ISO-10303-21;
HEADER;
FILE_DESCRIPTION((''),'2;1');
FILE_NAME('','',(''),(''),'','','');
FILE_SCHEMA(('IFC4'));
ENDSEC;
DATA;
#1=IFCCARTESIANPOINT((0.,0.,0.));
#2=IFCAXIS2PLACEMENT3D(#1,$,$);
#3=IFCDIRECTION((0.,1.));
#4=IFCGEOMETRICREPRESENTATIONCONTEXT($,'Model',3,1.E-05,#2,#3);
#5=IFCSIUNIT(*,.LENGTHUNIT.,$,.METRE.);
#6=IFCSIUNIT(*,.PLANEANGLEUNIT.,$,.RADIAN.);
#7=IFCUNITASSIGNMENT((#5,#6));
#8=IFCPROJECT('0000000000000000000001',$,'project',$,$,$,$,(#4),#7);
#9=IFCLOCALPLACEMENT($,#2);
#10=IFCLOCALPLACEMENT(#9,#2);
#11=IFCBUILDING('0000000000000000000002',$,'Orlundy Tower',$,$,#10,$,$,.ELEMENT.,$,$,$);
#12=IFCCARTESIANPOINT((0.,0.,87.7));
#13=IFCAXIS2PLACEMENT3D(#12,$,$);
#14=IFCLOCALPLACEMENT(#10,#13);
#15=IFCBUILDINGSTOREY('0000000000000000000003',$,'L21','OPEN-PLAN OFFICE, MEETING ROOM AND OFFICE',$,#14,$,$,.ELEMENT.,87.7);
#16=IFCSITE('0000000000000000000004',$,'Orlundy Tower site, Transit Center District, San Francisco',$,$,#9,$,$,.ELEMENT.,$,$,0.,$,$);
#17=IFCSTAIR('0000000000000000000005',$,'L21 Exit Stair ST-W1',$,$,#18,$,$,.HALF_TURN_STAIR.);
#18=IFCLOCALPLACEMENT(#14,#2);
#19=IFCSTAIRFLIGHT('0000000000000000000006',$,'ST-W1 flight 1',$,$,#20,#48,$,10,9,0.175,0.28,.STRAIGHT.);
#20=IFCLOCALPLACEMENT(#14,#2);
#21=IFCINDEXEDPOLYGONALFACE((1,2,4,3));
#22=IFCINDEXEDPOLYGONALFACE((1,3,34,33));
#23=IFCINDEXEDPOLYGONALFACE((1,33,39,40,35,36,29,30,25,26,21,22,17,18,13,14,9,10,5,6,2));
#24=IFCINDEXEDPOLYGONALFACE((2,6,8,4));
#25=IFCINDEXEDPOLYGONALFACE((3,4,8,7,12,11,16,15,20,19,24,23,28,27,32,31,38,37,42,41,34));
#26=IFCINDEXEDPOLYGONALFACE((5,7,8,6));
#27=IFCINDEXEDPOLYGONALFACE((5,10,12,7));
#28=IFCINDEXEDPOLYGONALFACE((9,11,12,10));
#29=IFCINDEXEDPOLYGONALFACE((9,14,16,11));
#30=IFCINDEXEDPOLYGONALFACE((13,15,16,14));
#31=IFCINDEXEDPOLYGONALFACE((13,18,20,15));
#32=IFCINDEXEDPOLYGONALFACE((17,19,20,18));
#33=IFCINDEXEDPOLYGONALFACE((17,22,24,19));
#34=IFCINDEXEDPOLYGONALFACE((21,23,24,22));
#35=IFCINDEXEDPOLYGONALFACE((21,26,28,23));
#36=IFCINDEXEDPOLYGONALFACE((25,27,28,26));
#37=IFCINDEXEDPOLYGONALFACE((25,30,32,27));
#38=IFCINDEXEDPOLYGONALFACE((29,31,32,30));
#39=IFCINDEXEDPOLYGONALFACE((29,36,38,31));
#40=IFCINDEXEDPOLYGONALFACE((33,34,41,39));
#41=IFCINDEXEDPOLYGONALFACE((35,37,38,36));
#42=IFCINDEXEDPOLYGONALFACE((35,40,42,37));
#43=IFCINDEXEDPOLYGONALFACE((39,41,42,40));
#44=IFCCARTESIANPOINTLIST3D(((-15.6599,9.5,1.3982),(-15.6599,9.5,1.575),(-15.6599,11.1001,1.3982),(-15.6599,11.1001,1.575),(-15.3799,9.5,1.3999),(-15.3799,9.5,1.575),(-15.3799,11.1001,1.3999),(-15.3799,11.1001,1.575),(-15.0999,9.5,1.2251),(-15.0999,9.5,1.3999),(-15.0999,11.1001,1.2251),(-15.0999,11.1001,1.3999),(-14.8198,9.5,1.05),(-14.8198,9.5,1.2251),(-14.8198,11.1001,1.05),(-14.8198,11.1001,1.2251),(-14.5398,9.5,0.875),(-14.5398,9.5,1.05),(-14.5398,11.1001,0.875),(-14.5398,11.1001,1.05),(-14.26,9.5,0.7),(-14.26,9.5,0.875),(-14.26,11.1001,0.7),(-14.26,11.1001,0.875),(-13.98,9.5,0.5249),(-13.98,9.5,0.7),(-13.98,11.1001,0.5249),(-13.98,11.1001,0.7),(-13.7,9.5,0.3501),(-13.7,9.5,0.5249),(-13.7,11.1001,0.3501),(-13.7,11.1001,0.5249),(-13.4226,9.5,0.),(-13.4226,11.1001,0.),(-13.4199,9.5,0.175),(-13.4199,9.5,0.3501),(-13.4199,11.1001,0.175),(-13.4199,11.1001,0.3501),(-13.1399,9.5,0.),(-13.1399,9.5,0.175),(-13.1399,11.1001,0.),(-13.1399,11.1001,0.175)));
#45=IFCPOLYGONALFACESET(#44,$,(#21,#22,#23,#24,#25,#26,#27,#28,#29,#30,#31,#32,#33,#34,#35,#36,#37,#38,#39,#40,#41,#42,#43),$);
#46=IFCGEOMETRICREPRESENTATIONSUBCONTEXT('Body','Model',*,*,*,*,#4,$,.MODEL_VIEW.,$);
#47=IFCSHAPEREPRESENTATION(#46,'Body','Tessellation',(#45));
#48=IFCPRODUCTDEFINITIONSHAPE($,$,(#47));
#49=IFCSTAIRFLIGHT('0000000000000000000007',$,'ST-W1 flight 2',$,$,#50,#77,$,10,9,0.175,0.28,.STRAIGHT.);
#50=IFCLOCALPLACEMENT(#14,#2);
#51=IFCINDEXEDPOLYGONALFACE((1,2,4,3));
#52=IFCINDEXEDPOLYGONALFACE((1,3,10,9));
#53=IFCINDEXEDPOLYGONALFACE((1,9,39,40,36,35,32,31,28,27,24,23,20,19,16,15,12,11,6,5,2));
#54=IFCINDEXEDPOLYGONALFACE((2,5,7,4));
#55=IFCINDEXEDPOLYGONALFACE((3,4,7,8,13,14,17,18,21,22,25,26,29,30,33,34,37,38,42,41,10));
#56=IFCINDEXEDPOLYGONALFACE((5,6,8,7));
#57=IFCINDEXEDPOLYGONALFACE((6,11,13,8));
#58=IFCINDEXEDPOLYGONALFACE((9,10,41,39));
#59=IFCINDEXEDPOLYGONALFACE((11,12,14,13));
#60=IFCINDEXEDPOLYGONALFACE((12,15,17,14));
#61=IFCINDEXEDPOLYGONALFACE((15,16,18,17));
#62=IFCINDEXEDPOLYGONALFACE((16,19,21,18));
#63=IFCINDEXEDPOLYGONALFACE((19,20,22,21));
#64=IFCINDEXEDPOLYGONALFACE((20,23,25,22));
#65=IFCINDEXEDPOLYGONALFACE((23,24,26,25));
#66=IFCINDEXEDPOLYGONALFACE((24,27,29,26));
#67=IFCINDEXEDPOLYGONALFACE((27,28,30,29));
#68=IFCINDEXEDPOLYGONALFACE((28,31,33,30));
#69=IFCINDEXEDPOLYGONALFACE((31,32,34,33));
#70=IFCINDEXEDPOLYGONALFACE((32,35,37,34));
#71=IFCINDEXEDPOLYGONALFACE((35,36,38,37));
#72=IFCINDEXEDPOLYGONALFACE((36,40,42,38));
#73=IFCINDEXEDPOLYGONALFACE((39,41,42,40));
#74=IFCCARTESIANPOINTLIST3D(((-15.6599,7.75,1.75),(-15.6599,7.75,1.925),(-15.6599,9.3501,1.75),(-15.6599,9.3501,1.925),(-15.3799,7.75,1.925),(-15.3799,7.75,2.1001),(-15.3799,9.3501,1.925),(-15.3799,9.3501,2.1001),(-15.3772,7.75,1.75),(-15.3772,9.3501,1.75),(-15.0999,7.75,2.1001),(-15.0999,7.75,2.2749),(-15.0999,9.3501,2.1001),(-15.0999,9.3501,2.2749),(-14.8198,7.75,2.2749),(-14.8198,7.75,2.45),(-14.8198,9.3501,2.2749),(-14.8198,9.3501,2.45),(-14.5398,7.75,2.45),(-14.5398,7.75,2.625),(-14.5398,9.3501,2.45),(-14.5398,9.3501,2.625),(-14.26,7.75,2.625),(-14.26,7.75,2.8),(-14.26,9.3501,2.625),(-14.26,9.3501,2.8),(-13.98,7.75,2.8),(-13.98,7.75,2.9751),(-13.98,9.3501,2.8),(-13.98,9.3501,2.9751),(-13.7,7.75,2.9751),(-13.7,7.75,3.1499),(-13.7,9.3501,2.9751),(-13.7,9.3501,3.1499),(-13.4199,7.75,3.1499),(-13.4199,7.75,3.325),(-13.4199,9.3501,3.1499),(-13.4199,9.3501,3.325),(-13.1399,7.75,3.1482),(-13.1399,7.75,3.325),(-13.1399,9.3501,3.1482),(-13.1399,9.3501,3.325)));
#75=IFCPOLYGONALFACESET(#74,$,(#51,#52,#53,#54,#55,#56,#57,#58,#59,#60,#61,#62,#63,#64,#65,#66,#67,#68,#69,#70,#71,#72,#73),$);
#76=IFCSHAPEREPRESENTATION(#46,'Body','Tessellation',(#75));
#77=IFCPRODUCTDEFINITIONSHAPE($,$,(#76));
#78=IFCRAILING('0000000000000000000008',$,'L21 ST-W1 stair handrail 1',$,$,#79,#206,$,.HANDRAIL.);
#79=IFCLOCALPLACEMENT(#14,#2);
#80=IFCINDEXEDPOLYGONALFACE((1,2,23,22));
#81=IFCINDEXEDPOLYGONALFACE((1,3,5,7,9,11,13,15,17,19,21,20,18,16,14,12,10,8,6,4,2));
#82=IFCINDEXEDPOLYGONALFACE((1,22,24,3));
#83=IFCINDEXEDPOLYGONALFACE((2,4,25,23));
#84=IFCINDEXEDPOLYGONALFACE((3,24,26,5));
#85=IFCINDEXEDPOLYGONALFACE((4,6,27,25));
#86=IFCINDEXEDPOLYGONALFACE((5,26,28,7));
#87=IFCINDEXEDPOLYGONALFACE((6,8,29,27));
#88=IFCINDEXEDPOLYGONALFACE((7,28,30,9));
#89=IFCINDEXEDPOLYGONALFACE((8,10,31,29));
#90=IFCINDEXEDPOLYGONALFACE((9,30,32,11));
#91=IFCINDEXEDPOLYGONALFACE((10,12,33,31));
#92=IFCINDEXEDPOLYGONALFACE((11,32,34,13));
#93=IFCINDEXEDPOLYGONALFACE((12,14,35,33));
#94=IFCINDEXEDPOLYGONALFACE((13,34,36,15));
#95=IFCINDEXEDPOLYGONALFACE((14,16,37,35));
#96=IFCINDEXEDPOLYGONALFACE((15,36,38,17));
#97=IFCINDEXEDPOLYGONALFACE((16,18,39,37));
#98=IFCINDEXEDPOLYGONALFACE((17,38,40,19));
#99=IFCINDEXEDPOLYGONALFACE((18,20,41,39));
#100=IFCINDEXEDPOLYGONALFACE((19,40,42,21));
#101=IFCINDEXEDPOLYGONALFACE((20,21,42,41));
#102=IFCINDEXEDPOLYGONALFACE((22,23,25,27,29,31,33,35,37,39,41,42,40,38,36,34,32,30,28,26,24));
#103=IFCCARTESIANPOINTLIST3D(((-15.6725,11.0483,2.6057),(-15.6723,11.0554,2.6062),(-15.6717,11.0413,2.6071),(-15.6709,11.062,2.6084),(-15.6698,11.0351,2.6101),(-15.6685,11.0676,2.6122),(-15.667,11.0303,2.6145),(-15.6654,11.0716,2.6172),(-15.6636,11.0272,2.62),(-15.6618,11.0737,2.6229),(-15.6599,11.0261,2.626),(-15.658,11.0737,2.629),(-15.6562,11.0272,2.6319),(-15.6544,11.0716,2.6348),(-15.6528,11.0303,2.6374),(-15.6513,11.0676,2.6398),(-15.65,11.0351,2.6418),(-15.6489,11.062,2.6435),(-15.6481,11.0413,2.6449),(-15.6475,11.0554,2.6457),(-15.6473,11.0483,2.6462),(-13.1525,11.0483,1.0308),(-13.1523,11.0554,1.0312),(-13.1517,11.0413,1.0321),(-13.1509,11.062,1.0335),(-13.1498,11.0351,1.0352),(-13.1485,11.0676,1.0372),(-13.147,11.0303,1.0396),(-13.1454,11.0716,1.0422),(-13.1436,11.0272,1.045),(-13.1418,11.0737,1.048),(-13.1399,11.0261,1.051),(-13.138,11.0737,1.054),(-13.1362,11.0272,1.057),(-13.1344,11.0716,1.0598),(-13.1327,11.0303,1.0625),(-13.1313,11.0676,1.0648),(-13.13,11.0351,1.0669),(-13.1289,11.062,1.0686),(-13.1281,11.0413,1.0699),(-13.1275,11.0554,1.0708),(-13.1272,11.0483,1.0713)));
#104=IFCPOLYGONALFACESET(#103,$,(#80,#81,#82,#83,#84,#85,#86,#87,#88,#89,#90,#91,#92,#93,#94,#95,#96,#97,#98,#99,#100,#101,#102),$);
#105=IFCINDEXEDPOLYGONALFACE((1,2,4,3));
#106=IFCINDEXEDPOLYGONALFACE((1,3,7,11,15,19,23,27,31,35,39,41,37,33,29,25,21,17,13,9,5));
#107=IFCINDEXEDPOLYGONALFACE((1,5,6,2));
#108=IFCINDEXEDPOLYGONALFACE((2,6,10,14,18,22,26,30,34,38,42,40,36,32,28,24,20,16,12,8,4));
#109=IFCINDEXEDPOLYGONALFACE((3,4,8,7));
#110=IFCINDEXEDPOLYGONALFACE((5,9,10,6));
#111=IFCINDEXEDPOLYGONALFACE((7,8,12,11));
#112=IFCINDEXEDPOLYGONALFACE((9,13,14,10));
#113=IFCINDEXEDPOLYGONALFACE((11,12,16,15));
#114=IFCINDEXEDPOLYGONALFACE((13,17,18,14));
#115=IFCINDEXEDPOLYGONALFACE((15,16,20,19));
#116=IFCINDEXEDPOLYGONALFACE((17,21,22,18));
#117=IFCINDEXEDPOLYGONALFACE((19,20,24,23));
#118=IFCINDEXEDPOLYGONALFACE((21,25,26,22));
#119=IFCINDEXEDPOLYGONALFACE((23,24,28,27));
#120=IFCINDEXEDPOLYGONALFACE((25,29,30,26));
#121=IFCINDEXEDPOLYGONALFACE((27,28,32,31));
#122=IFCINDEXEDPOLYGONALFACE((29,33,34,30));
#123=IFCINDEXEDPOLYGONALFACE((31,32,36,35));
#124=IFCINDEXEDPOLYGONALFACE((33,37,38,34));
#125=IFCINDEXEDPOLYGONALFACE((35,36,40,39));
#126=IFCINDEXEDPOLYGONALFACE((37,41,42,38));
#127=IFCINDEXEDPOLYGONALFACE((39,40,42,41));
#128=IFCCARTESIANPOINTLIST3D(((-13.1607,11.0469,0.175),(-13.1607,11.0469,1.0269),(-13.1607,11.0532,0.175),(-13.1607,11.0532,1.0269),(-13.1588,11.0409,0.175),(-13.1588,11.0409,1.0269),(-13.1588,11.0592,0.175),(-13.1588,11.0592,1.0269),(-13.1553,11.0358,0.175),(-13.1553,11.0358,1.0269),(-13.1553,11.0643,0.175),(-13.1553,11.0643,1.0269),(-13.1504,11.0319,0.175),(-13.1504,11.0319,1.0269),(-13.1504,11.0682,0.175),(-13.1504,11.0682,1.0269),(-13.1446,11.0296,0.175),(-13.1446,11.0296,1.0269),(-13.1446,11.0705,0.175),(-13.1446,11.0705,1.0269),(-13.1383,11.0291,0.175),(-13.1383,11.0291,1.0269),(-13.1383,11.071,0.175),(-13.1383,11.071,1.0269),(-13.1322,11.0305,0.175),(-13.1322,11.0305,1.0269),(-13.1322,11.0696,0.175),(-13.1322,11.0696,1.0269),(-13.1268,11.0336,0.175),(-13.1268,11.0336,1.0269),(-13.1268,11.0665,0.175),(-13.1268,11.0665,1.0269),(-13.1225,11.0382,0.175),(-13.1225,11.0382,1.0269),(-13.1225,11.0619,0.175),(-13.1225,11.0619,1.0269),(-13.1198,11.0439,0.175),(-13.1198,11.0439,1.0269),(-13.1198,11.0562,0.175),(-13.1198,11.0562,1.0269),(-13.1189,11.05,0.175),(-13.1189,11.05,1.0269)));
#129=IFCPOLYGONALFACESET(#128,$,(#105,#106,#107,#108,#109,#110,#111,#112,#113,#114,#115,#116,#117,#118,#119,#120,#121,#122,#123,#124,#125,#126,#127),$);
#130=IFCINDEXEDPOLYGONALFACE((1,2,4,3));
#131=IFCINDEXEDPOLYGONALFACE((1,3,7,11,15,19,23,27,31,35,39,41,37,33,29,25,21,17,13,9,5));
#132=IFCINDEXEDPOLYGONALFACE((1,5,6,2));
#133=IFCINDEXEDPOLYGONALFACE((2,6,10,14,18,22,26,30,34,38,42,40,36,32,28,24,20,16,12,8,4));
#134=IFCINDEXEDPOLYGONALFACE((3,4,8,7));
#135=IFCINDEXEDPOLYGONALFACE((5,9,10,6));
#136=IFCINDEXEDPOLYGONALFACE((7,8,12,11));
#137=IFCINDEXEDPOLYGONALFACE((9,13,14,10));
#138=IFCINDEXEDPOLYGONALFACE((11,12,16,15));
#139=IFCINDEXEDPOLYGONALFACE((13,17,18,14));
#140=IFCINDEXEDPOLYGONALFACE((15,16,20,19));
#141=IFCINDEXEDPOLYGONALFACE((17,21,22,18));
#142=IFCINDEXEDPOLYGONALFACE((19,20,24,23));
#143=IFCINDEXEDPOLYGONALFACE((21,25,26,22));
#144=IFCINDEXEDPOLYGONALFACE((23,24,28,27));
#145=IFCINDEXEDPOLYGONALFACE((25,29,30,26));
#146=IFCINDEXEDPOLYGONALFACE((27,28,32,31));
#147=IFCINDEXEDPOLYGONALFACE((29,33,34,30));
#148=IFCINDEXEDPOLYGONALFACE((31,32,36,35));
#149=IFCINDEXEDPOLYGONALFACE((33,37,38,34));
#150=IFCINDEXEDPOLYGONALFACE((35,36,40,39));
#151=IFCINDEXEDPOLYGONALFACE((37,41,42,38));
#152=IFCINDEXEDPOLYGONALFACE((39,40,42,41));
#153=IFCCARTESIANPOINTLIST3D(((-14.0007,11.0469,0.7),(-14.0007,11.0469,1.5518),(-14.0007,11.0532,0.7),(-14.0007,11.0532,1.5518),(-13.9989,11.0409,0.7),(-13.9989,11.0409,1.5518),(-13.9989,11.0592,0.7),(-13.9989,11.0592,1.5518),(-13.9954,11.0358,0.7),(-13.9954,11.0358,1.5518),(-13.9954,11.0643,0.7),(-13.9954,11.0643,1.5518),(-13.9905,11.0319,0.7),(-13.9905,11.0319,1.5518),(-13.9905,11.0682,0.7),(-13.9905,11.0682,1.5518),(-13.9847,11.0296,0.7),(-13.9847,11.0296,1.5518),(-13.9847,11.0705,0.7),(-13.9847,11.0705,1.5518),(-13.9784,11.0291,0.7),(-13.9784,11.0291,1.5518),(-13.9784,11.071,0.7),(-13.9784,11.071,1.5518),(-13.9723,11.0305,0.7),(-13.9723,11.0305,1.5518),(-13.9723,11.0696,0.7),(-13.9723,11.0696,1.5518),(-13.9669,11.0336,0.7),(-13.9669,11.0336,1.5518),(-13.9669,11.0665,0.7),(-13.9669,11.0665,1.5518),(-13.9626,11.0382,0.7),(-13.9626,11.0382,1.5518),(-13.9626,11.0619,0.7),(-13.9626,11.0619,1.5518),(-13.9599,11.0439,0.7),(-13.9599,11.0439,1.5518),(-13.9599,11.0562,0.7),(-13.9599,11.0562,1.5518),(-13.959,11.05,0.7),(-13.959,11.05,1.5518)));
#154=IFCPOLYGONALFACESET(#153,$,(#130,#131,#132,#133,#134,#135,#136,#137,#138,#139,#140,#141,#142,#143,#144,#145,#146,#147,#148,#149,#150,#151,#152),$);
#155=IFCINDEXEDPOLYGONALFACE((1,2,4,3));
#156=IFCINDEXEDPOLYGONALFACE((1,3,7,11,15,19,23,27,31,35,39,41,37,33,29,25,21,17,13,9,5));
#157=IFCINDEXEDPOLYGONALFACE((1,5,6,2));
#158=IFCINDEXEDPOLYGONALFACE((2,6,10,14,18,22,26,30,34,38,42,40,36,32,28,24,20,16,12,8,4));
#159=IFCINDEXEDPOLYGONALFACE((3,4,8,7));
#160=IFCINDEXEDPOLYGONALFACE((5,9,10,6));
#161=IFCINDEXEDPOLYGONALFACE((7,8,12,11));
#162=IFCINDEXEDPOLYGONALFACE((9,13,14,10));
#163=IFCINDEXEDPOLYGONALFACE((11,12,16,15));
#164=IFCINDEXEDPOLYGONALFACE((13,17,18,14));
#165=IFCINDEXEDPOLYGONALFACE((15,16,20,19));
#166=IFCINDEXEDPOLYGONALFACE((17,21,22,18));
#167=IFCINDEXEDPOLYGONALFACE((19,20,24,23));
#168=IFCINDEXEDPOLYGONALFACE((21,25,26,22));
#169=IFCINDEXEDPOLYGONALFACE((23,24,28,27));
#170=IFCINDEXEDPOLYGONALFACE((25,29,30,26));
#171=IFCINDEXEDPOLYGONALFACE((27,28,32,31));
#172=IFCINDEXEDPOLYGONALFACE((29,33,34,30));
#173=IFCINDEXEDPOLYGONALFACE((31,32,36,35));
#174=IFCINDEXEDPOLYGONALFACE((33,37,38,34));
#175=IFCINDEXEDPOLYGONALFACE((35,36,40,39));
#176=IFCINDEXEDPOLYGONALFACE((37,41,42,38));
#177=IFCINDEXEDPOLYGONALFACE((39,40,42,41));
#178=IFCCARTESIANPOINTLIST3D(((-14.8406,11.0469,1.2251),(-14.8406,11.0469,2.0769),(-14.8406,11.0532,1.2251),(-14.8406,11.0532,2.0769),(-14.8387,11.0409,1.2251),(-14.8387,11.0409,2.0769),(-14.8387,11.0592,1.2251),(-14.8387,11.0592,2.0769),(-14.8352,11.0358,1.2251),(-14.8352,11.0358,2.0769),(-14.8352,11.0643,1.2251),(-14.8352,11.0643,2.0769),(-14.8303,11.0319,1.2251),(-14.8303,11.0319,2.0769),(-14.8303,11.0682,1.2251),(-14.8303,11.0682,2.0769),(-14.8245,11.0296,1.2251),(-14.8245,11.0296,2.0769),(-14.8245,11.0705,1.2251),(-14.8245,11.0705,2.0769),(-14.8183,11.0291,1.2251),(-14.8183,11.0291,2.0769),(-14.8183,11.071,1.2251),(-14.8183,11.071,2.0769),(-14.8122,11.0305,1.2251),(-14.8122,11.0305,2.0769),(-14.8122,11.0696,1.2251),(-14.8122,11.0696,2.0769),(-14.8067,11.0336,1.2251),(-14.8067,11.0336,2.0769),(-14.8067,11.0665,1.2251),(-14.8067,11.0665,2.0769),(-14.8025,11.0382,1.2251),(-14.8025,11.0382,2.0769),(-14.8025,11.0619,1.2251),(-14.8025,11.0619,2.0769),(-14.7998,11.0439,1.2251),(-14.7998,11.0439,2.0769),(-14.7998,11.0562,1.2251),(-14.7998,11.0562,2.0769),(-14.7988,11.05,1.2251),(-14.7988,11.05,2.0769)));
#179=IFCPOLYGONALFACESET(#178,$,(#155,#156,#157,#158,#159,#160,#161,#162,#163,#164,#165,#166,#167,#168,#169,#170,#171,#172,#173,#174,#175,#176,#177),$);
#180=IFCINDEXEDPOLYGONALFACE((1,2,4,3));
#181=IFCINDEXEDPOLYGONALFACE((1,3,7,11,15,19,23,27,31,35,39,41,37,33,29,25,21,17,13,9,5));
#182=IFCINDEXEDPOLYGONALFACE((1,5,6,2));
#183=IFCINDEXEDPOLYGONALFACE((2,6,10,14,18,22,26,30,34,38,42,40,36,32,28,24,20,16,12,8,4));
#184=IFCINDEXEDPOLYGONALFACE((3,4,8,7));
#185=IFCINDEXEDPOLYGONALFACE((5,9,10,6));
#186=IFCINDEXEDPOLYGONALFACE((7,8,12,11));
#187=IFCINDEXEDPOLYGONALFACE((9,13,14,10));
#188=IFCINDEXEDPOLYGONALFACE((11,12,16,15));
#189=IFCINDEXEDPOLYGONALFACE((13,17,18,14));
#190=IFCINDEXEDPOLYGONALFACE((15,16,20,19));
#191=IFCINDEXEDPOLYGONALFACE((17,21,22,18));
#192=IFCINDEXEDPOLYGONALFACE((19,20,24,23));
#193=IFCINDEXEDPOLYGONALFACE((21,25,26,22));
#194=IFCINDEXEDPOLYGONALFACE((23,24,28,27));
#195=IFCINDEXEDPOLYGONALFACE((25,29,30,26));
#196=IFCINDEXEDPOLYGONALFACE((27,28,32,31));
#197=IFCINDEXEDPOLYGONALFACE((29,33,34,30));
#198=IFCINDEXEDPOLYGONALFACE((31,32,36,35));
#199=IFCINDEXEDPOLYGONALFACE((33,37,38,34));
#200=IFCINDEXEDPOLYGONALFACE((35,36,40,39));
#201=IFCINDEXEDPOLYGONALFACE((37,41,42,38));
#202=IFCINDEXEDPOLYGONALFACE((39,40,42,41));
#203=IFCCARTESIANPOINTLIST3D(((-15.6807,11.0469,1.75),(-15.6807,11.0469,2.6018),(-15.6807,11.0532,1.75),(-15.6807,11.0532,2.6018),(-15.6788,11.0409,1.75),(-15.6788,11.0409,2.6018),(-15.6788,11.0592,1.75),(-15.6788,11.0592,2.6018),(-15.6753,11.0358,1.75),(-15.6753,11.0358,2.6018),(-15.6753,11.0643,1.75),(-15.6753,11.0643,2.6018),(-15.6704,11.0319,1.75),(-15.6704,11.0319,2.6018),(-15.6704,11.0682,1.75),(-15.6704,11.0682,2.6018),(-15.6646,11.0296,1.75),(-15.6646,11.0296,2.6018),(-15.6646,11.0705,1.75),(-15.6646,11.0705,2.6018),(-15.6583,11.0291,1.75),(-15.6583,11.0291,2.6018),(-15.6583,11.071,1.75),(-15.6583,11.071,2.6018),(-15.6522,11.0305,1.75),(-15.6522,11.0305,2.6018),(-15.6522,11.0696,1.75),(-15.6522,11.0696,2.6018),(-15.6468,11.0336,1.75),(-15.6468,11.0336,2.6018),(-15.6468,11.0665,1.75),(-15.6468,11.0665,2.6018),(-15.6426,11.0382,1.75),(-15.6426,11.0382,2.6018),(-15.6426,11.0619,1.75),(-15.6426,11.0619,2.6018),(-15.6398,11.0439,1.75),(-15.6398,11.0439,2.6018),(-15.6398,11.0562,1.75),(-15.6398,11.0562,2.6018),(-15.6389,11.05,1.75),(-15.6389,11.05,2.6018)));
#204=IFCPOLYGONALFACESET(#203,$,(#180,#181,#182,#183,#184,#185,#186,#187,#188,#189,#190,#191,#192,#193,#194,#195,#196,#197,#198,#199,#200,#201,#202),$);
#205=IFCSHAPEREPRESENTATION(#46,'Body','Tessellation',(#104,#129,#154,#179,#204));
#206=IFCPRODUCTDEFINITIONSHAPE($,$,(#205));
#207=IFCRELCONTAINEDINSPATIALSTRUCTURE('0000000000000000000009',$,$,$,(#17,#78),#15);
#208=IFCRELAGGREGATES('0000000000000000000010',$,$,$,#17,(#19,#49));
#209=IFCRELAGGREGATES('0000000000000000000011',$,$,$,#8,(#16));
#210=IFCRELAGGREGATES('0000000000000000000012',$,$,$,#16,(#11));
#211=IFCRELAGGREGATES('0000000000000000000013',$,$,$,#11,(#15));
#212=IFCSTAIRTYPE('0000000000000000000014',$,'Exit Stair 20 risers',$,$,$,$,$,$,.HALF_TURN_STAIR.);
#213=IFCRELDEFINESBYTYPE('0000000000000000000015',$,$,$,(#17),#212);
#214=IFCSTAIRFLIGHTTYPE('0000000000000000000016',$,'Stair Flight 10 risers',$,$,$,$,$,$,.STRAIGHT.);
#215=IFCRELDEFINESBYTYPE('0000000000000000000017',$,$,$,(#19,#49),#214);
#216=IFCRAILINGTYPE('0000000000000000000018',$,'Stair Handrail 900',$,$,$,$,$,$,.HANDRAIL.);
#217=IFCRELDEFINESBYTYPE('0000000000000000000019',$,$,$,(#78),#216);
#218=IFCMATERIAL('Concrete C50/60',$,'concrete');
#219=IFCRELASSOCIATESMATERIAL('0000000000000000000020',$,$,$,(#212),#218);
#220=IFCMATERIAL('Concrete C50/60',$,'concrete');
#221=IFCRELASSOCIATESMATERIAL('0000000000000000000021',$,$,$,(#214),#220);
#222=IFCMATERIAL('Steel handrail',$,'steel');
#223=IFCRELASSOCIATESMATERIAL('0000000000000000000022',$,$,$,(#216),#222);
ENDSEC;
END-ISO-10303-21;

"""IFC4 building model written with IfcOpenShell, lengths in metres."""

from ifc_helpers import new_model, si_unit, direction, frame, origin, origin_2d, place, context, subcontext, project, spatial, polyline, circle, outline, extrude, material, type_object, element, aggregate, save


model = new_model("IFC4")

# Units and contexts
model_context = context("Model", 3, precision=1e-05, world=origin(), true_north=direction((0.0, 1.0)))
body_context = subcontext(model_context, "Body", "Model", "MODEL_VIEW")
ifc_project = project(units=[si_unit("LENGTHUNIT", "METRE"), si_unit("PLANEANGLEUNIT", "RADIAN")], contexts=[model_context])

# Site, building, storey
site_placement = place(None, origin())
site = spatial("IfcSite", under=ifc_project, at=site_placement, Name="Orlundy Tower site, Transit Center District, San Francisco", CompositionType="ELEMENT", RefElevation=0.0)
building_placement = place(site_placement, origin())
building = spatial("IfcBuilding", under=site, at=building_placement, Name="Orlundy Tower", CompositionType="ELEMENT")
storey_placement = place(building_placement, frame((0.0, 0.0, 87.7)))
storey = spatial("IfcBuildingStorey", under=building, at=storey_placement, Name="L21", Description="OPEN-PLAN OFFICE, MEETING ROOM AND OFFICE", CompositionType="ELEMENT", Elevation=87.7)

# Stair, stair flights
ifc_material_1 = material(Name="Concrete C50/60", Category="concrete")
stair_type = type_object("IfcStairType", Name="Exit Stair 20 risers", PredefinedType="HALF_TURN_STAIR", material=ifc_material_1)
stair_placement = place(storey_placement, origin())
stair = element("IfcStair", 1, at=stair_placement, inside=storey, type_object=stair_type, Name="L21 Exit Stair ST-W1", PredefinedType="HALF_TURN_STAIR")
ifc_material_2 = material(Name="Concrete C50/60", Category="concrete")
stair_flight_type = type_object("IfcStairFlightType", Name="Stair Flight 10 risers", PredefinedType="STRAIGHT", material=ifc_material_2)
stair_flight_1_placement = place(storey_placement, frame((-13.1399, 10.3, 0.0), z_axis=(0.0, 0.0, 1.0), x_axis=(-1.0, 0.0, 0.0)))
stair_flight_1 = element("IfcStairFlight", 2, at=stair_flight_1_placement, type_object=stair_flight_type, Name="ST-W1 flight 1", NumberOfRisers=10, NumberOfTreads=9, PredefinedType="STRAIGHT", RiserHeight=0.175, TreadLength=0.28, context=body_context, shape_type="SweptSolid", body=[
    extrude(outline(polyline([(0.0, 0.0), (0.0, 0.175), (0.28, 0.175), (0.28, 0.3501), (0.5601, 0.3501), (0.5601, 0.5249), (0.8401, 0.5249), (0.8401, 0.7), (1.1201, 0.7), (1.1201, 0.875), (1.3999, 0.875), (1.3999, 1.05), (1.6799, 1.05), (1.6799, 1.2251), (1.96, 1.2251), (1.96, 1.3999), (2.24, 1.3999), (2.24, 1.575), (2.52, 1.575), (2.52, 1.75), (2.52, 1.3982), (0.2827, 0.0), (0.0, 0.0)])), frame((0.0, 0.8, 0.0), z_axis=(0.0, -1.0, 0.0), x_axis=(1.0, 0.0, 0.0)), (0.0, 0.0, 1.0), 1.6001),
])
stair_flight_2_placement = place(storey_placement, frame((-15.6599, 8.55, 1.75), z_axis=(0.0, 0.0, 1.0), x_axis=(1.0, 0.0, 0.0)))
stair_flight_2 = element("IfcStairFlight", 3, at=stair_flight_2_placement, type_object=stair_flight_type, Name="ST-W1 flight 2", NumberOfRisers=10, NumberOfTreads=9, PredefinedType="STRAIGHT", RiserHeight=0.175, TreadLength=0.28, context=body_context, shape_type="SweptSolid", body=[
    extrude(outline(polyline([(0.0, 0.0), (0.0, 0.175), (0.28, 0.175), (0.28, 0.3501), (0.5601, 0.3501), (0.5601, 0.5249), (0.8401, 0.5249), (0.8401, 0.7), (1.1201, 0.7), (1.1201, 0.875), (1.3999, 0.875), (1.3999, 1.05), (1.6799, 1.05), (1.6799, 1.2251), (1.96, 1.2251), (1.96, 1.3999), (2.24, 1.3999), (2.24, 1.575), (2.52, 1.575), (2.52, 1.75), (2.52, 1.3982), (0.2827, 0.0), (0.0, 0.0)])), frame((0.0, 0.8, 0.0), z_axis=(0.0, -1.0, 0.0), x_axis=(1.0, 0.0, 0.0)), (0.0, 0.0, 1.0), 1.6001),
])
aggregate(stair, [stair_flight_1, stair_flight_2])

# Railing
ifc_material_3 = material(Name="Steel handrail", Category="steel")
railing_type_1 = type_object("IfcRailingType", Name="Stair Handrail 900", PredefinedType="HANDRAIL", material=ifc_material_3)
railing_1_placement = place(storey_placement, frame((-13.1399, 11.05, 0.175)))
element("IfcRailing", 4, at=railing_1_placement, inside=storey, type_object=railing_type_1, Name="L21 ST-W1 stair handrail 1", PredefinedType="HANDRAIL", context=body_context, shape_type="SweptSolid", body=[
    extrude(circle(Radius=0.0239, at=origin_2d()), frame((0.0, 0.0, 0.876), z_axis=(-0.848008, 0.0, 0.529984), x_axis=(0.0, -1.0, 0.0)), (0.0, 0.0, 1.0), 2.9717),
    extrude(circle(Radius=0.021, at=origin_2d()), origin(), (0.0, 0.0, 1.0), 0.8518),
    extrude(circle(Radius=0.021, at=origin_2d()), frame((-0.8401, 0.0, 0.5249)), (0.0, 0.0, 1.0), 0.8518),
    extrude(circle(Radius=0.021, at=origin_2d()), frame((-1.6799, 0.0, 1.05)), (0.0, 0.0, 1.0), 0.8518),
    extrude(circle(Radius=0.021, at=origin_2d()), frame((-2.52, 0.0, 1.575)), (0.0, 0.0, 1.0), 0.8518),
])

save(model, "model.ifc")
